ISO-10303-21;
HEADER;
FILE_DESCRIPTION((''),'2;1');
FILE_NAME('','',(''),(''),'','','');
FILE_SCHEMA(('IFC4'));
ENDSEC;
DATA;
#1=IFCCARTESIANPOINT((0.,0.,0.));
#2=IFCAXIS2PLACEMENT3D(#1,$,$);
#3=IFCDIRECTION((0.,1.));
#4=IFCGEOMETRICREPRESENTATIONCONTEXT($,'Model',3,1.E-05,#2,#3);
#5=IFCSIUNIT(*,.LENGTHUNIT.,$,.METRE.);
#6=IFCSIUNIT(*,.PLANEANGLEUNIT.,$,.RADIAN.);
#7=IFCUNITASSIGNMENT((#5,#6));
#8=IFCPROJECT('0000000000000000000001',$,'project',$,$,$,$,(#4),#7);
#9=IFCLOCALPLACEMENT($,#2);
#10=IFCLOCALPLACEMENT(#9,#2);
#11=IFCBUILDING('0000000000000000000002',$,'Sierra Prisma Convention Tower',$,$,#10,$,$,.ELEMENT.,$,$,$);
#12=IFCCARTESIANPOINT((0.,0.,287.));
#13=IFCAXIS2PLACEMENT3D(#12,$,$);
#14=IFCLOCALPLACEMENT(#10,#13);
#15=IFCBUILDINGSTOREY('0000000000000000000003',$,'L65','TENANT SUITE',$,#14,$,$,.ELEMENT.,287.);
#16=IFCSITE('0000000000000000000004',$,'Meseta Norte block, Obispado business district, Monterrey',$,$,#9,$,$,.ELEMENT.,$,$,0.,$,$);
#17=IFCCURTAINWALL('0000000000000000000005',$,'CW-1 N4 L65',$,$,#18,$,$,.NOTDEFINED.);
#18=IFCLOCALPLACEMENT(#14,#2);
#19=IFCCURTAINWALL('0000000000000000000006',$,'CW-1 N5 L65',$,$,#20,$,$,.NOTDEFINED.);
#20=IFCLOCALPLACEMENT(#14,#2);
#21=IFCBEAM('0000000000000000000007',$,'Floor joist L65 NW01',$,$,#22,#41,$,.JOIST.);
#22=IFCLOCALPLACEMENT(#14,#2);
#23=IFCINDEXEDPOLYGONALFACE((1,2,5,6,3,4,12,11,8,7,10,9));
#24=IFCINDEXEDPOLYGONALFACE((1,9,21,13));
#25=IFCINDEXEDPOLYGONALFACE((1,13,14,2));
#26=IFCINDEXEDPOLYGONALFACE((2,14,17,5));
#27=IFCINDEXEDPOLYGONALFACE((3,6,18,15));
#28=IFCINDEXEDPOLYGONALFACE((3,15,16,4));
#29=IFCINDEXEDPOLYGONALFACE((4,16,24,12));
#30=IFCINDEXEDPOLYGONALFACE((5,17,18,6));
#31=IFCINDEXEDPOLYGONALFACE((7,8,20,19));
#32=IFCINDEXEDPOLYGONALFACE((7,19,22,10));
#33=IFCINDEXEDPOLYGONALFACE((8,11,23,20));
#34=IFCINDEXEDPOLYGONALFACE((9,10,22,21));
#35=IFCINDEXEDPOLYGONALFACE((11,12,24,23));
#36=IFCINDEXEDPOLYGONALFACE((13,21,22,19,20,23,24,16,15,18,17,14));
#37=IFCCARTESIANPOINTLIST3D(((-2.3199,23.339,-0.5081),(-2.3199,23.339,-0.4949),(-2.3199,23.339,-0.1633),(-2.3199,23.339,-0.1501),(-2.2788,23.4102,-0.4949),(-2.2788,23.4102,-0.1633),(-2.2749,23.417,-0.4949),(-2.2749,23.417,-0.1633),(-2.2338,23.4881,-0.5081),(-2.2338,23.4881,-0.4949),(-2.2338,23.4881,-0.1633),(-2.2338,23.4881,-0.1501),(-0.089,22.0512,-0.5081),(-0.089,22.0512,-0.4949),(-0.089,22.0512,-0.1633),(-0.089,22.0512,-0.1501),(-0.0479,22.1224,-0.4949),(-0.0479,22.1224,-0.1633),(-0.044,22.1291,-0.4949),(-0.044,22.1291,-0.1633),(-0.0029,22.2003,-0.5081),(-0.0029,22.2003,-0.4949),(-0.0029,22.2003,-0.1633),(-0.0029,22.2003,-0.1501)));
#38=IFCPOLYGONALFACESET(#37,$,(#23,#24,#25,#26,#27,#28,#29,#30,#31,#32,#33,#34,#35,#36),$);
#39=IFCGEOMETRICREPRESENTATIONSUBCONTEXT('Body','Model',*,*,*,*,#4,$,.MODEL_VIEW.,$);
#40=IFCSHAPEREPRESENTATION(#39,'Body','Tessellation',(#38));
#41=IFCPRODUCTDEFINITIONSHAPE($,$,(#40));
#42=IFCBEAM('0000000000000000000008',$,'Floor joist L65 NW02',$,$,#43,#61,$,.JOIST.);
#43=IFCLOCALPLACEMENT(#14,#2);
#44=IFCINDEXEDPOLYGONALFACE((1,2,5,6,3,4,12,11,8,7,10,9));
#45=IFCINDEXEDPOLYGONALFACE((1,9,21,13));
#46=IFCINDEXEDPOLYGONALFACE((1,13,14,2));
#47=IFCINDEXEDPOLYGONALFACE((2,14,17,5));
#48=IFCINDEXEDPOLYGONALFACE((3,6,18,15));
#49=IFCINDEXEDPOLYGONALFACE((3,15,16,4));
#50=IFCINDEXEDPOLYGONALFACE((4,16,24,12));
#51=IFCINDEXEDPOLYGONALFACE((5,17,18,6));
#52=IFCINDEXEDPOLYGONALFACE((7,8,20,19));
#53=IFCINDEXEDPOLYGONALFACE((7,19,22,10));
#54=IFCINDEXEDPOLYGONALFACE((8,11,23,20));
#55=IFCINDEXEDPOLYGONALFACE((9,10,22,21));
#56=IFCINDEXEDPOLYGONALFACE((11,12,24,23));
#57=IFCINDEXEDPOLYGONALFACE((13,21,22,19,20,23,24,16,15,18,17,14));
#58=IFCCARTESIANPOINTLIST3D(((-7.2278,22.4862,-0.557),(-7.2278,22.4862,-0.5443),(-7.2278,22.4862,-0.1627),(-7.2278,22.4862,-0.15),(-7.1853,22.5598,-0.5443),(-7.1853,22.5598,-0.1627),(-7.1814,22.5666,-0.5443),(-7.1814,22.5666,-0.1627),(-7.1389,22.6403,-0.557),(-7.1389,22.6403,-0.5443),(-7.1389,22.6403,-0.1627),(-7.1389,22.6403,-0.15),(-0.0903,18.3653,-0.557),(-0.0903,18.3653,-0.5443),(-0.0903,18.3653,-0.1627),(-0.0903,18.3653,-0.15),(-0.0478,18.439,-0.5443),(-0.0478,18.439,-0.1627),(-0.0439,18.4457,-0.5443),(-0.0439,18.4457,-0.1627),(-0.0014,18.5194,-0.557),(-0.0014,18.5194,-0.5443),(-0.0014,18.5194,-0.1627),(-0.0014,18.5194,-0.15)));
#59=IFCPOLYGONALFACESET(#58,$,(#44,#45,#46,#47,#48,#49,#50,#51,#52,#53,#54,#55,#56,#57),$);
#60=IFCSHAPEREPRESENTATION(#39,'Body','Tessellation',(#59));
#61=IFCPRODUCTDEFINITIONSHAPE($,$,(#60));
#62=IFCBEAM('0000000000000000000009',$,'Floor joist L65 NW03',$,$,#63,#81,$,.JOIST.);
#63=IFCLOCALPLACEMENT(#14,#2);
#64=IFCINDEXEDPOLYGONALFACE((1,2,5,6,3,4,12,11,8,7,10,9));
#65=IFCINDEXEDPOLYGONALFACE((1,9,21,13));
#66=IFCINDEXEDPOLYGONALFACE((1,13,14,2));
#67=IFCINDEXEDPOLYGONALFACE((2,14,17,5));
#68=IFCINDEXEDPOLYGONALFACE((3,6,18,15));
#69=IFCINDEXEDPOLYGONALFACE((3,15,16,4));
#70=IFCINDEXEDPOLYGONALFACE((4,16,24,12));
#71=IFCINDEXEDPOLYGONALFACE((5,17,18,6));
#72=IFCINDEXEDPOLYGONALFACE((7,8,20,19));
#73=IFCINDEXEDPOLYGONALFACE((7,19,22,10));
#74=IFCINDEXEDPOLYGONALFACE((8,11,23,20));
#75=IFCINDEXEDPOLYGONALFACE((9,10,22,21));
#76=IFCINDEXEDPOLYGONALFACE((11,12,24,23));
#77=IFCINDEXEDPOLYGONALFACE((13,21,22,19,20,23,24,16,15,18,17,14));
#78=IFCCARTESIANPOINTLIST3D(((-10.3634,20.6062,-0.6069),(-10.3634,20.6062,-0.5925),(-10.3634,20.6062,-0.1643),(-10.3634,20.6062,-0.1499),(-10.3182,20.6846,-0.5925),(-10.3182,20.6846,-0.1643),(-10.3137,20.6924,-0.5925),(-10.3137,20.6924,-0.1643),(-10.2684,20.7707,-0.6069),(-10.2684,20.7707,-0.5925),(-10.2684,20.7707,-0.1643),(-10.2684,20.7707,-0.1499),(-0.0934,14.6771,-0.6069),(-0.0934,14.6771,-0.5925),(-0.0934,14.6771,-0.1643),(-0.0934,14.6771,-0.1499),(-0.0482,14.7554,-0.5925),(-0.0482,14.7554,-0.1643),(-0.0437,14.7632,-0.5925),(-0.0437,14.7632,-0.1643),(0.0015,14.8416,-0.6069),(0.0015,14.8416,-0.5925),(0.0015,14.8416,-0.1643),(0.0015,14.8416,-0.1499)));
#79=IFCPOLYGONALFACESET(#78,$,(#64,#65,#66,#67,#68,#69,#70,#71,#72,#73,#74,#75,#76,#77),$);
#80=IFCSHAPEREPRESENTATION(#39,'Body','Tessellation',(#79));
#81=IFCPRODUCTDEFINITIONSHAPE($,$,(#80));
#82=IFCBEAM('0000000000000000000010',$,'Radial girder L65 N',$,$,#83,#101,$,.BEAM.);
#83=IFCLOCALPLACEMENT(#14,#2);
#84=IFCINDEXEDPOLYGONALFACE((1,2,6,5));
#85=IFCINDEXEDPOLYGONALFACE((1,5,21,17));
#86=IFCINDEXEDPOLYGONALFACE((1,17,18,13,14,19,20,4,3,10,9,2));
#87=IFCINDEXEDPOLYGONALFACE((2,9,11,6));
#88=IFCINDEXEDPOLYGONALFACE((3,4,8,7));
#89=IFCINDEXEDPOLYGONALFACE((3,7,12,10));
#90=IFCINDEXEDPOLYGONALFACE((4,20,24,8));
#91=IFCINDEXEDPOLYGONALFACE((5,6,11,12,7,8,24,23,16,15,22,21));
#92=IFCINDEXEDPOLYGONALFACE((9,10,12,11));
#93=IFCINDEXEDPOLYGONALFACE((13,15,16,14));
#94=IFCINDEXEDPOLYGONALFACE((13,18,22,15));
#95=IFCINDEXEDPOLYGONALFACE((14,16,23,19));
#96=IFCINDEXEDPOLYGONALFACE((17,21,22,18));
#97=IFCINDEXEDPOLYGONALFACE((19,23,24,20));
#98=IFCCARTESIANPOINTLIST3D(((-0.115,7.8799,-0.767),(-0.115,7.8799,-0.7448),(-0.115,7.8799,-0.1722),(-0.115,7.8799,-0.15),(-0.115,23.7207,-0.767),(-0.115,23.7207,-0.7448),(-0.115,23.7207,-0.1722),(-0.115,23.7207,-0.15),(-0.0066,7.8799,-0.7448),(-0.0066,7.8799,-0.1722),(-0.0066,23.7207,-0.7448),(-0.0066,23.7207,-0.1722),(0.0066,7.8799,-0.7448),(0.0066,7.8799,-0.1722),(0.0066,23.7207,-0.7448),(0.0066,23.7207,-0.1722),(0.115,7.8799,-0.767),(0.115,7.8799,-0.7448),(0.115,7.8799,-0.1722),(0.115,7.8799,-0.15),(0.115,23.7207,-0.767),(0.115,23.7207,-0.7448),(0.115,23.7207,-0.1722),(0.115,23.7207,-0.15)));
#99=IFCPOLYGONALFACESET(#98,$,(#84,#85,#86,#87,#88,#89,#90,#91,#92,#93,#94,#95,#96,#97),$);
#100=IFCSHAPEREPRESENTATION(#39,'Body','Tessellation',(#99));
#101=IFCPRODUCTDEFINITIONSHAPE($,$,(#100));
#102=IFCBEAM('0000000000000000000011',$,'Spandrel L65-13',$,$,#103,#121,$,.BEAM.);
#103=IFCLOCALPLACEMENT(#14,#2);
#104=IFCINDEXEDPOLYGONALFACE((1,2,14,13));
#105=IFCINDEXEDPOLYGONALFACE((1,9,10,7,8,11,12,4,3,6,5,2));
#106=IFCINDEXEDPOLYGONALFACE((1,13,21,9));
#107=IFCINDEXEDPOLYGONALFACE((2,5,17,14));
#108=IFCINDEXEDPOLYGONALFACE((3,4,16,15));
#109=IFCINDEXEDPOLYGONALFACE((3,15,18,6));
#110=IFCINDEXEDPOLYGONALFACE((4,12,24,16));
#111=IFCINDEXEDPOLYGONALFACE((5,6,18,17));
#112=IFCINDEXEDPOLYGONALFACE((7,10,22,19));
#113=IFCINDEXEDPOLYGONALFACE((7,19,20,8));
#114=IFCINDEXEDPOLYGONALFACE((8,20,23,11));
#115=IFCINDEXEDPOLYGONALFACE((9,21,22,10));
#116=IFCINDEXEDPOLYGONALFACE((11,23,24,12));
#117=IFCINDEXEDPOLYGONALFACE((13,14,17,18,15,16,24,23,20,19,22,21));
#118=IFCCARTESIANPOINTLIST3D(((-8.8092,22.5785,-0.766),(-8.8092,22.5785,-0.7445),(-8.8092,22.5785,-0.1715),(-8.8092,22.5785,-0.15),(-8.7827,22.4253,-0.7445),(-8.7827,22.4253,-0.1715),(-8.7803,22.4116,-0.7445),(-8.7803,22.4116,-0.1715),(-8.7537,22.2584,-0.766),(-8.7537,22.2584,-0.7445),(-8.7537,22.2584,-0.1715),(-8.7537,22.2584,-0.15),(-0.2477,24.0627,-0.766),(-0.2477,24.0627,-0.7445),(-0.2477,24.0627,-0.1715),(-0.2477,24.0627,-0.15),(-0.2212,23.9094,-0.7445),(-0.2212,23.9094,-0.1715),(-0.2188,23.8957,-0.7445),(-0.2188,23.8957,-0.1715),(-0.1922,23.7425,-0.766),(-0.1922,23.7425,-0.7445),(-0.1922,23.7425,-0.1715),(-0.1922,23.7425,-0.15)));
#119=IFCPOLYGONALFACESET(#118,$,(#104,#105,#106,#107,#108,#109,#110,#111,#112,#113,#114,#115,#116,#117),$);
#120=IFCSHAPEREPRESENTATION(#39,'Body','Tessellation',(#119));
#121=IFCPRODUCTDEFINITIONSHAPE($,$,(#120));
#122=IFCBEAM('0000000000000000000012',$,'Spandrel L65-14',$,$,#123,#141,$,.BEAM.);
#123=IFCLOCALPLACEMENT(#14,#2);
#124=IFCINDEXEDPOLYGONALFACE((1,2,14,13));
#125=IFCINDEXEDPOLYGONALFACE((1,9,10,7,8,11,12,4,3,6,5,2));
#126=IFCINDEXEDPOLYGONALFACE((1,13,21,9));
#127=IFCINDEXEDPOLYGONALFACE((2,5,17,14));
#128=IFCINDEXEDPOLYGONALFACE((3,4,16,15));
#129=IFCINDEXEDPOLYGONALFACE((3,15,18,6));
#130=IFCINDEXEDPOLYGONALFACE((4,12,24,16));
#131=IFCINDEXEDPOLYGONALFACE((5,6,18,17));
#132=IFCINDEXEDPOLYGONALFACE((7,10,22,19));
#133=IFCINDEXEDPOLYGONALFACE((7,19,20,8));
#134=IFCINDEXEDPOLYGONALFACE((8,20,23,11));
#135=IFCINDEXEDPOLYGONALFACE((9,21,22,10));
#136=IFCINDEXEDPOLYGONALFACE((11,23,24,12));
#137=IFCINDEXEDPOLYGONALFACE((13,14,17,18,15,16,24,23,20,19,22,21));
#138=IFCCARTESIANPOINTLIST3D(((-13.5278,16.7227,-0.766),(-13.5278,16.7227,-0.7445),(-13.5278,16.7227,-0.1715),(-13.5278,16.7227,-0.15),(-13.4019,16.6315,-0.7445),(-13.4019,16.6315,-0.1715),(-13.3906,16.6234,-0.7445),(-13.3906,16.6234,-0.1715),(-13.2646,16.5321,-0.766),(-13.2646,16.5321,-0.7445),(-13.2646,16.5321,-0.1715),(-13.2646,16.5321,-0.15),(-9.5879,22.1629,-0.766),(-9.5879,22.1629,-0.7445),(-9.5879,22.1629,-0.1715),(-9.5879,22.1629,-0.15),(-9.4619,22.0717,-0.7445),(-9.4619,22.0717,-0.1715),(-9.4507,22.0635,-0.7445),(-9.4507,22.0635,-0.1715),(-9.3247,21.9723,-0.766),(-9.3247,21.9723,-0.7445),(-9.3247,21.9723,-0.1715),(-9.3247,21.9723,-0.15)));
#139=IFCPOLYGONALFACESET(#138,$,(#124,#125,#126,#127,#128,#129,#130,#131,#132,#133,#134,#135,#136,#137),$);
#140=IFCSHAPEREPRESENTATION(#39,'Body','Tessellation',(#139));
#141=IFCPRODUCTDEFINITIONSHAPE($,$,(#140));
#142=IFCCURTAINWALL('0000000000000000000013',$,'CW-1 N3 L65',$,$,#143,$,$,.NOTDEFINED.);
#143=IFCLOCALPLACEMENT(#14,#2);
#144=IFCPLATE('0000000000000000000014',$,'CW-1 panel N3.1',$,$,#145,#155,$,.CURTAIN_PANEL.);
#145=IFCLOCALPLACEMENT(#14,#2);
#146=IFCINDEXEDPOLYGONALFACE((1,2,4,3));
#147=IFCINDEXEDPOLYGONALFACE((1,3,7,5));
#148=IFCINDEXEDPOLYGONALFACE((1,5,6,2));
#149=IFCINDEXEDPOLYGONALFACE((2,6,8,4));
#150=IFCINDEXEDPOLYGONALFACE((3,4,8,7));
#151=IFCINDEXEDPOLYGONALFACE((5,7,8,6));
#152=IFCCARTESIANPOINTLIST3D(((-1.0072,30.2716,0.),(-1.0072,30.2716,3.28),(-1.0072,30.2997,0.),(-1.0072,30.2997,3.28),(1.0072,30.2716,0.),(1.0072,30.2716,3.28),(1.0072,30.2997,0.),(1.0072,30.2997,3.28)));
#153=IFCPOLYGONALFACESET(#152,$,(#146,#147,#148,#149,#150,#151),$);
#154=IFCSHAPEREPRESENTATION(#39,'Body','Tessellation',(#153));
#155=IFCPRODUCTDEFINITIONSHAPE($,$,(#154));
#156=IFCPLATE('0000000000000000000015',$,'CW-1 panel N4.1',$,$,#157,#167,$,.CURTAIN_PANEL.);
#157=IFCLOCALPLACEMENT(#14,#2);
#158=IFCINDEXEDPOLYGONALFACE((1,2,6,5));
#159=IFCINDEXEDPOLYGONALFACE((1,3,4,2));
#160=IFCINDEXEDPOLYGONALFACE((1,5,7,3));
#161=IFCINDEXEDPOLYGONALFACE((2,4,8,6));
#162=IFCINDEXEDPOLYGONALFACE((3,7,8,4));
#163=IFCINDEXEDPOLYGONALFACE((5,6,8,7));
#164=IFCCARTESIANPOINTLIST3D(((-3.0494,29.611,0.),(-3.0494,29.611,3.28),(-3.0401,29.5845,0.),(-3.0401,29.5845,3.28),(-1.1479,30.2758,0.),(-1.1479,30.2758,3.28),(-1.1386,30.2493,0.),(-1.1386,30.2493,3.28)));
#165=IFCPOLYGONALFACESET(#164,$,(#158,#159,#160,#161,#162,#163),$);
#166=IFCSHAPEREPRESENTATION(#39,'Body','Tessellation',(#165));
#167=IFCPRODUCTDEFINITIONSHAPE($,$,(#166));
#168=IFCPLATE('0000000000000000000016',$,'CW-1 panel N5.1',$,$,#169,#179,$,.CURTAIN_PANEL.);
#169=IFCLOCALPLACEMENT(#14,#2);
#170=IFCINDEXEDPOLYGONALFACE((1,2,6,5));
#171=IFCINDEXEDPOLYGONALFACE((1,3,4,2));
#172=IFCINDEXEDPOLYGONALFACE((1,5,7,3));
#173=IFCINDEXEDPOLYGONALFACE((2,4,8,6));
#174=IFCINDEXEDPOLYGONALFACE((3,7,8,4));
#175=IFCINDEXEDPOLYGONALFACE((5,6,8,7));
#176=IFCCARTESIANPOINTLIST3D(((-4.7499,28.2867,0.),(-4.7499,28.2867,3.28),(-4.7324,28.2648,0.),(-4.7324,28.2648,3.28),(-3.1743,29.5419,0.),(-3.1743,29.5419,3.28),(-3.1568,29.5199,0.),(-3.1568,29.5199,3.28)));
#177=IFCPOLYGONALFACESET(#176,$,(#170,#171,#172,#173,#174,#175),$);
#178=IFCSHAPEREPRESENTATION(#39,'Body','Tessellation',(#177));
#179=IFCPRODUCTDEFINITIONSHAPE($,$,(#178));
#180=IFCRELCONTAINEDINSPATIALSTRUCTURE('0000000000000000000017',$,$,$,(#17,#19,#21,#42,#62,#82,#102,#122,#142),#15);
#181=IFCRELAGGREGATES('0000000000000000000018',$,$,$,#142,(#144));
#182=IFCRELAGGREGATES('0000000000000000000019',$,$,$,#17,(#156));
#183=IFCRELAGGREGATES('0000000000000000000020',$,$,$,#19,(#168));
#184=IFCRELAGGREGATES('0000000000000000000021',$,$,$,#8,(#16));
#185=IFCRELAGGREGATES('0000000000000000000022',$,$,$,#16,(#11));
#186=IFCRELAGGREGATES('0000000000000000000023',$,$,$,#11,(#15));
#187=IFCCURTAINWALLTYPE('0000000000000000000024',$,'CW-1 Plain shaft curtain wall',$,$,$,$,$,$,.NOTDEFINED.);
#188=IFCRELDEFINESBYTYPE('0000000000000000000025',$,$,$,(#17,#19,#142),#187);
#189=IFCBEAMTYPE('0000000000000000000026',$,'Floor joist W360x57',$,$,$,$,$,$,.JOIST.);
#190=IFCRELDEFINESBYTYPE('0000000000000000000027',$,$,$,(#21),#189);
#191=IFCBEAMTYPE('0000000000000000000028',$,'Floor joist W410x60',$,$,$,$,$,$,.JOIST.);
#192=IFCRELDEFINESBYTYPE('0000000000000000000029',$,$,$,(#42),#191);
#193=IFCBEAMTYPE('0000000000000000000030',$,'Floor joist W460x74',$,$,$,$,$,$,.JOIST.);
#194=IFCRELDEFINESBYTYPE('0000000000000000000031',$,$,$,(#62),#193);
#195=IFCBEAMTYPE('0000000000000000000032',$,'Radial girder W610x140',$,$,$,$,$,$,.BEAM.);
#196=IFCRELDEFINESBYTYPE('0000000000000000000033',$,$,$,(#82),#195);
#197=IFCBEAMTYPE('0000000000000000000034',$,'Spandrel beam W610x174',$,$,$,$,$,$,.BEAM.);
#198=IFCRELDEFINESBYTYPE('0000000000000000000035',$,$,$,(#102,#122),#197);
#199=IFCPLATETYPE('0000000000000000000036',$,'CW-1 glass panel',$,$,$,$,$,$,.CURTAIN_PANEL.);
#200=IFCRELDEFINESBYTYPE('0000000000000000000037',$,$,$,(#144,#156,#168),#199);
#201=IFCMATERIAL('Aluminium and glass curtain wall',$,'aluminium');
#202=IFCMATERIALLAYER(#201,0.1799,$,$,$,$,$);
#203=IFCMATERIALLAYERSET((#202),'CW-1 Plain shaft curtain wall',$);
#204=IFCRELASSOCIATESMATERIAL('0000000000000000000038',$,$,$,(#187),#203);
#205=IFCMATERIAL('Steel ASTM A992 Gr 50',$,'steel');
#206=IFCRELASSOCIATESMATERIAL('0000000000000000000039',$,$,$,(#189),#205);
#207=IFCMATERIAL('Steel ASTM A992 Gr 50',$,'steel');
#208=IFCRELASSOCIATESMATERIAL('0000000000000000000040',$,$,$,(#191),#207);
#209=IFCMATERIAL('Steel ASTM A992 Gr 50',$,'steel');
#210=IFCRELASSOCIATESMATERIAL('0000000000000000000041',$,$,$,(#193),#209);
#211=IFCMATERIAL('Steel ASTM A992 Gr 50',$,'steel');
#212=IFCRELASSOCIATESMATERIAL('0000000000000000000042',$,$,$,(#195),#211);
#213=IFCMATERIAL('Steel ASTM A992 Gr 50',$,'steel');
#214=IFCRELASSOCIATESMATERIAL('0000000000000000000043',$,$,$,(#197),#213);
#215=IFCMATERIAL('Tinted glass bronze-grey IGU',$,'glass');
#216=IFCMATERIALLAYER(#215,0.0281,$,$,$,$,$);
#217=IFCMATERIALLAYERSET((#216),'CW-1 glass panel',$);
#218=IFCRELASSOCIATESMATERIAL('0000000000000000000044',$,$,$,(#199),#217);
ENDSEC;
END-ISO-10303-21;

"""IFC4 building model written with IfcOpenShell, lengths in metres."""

from ifc_helpers import new_model, si_unit, direction, frame, origin, origin_2d, place, context, subcontext, project, spatial, rectangle, i_section, extrude, material, layer, layer_set, material_profile, profile_set, type_object, element, aggregate, save


model = new_model("IFC4")

# Units and contexts
model_context = context("Model", 3, precision=1e-05, world=origin(), true_north=direction((0.0, 1.0)))
body_context = subcontext(model_context, "Body", "Model", "MODEL_VIEW")
ifc_project = project(units=[si_unit("LENGTHUNIT", "METRE"), si_unit("PLANEANGLEUNIT", "RADIAN")], contexts=[model_context])

# Site, building, storey
site_placement = place(None, origin())
site = spatial("IfcSite", under=ifc_project, at=site_placement, Name="Meseta Norte block, Obispado business district, Monterrey", CompositionType="ELEMENT", RefElevation=0.0)
building_placement = place(site_placement, origin())
building = spatial("IfcBuilding", under=site, at=building_placement, Name="Sierra Prisma Convention Tower", CompositionType="ELEMENT")
storey_placement = place(building_placement, frame((0.0, 0.0, 287.0)))
storey = spatial("IfcBuildingStorey", under=building, at=storey_placement, Name="L65", Description="TENANT SUITE", CompositionType="ELEMENT", Elevation=287.0)

# Curtain walls
ifc_material_1 = material(Name="Aluminium and glass curtain wall", Category="aluminium")
ifc_layer_1 = layer(ifc_material_1, 0.1799)
ifc_layer_set_1 = layer_set([ifc_layer_1], Name="CW-1 Plain shaft curtain wall")
curtain_wall_type = type_object("IfcCurtainWallType", Name="CW-1 Plain shaft curtain wall", PredefinedType="NOTDEFINED", material=ifc_layer_set_1)
curtain_wall_1_placement = place(storey_placement, origin())
curtain_wall_1 = element("IfcCurtainWall", 1, at=curtain_wall_1_placement, inside=storey, type_object=curtain_wall_type, Name="CW-1 N4 L65", PredefinedType="NOTDEFINED")
curtain_wall_2_placement = place(storey_placement, origin())
curtain_wall_2 = element("IfcCurtainWall", 2, at=curtain_wall_2_placement, inside=storey, type_object=curtain_wall_type, Name="CW-1 N5 L65", PredefinedType="NOTDEFINED")

# Beams
ifc_material_2 = material(Name="Steel ASTM A992 Gr 50", Category="steel")
ifc_material_profile_1 = material_profile(ifc_material_2, i_section(OverallWidth=0.1721, OverallDepth=0.3579, WebThickness=0.0078, FlangeThickness=0.0132, at=origin_2d()), Name="W360x57")
ifc_profile_set_1 = profile_set([ifc_material_profile_1], Name="Steel ASTM A992 Gr 50")
beam_type_1 = type_object("IfcBeamType", Name="Floor joist W360x57", PredefinedType="JOIST", material=ifc_profile_set_1)
beam_1_placement = place(storey_placement, frame((-2.2769, 23.4136, -0.3291), z_axis=(0.866059, -0.499941, 0.0), x_axis=(0.499941, 0.866059, 0.0)))
element("IfcBeam", 3, at=beam_1_placement, inside=storey, type_object=beam_type_1, Name="Floor joist L65 NW01", PredefinedType="JOIST", context=body_context, shape_type="SweptSolid", body=[
    extrude(i_section(OverallWidth=0.1721, OverallDepth=0.3579, WebThickness=0.0078, FlangeThickness=0.0132, at=origin_2d()), origin(), (0.0, 0.0, 1.0), 2.5759),
])
ifc_material_3 = material(Name="Steel ASTM A992 Gr 50", Category="steel")
ifc_material_profile_2 = material_profile(ifc_material_3, i_section(OverallWidth=0.178, OverallDepth=0.407, WebThickness=0.0078, FlangeThickness=0.0127, at=origin_2d()), Name="W410x60")
ifc_profile_set_2 = profile_set([ifc_material_profile_2], Name="Steel ASTM A992 Gr 50")
beam_type_2 = type_object("IfcBeamType", Name="Floor joist W410x60", PredefinedType="JOIST", material=ifc_profile_set_2)
beam_2_placement = place(storey_placement, frame((-7.1833, 22.5632, -0.3535), z_axis=(0.866023, -0.500004, 0.0), x_axis=(0.500004, 0.866023, 0.0)))
element("IfcBeam", 4, at=beam_2_placement, inside=storey, type_object=beam_type_2, Name="Floor joist L65 NW02", PredefinedType="JOIST", context=body_context, shape_type="SweptSolid", body=[
    extrude(i_section(OverallWidth=0.178, OverallDepth=0.407, WebThickness=0.0078, FlangeThickness=0.0127, at=origin_2d()), origin(), (0.0, 0.0, 1.0), 8.2417),
])
ifc_material_4 = material(Name="Steel ASTM A992 Gr 50", Category="steel")
ifc_material_profile_3 = material_profile(ifc_material_4, i_section(OverallWidth=0.1899, OverallDepth=0.457, WebThickness=0.009, FlangeThickness=0.0144, at=origin_2d()), Name="W460x74")
ifc_profile_set_3 = profile_set([ifc_material_profile_3], Name="Steel ASTM A992 Gr 50")
beam_type_3 = type_object("IfcBeamType", Name="Floor joist W460x74", PredefinedType="JOIST", material=ifc_profile_set_3)
beam_3_placement = place(storey_placement, frame((-10.3159, 20.6885, -0.3784), z_axis=(0.866033, -0.499987, 0.0), x_axis=(0.499987, 0.866033, 0.0)))
element("IfcBeam", 5, at=beam_3_placement, inside=storey, type_object=beam_type_3, Name="Floor joist L65 NW03", PredefinedType="JOIST", context=body_context, shape_type="SweptSolid", body=[
    extrude(i_section(OverallWidth=0.1899, OverallDepth=0.457, WebThickness=0.009, FlangeThickness=0.0144, at=origin_2d()), origin(), (0.0, 0.0, 1.0), 11.8586),
])
ifc_material_5 = material(Name="Steel ASTM A992 Gr 50", Category="steel")
ifc_material_profile_4 = material_profile(ifc_material_5, i_section(OverallWidth=0.23, OverallDepth=0.6169, WebThickness=0.0132, FlangeThickness=0.0222, at=origin_2d()), Name="W610x140")
ifc_profile_set_4 = profile_set([ifc_material_profile_4], Name="Steel ASTM A992 Gr 50")
beam_type_4 = type_object("IfcBeamType", Name="Radial girder W610x140", PredefinedType="BEAM", material=ifc_profile_set_4)
beam_4_placement = place(storey_placement, frame((0.0, 23.7207, -0.4585), z_axis=(0.0, -1.0, 0.0), x_axis=(1.0, 0.0, 0.0)))
element("IfcBeam", 6, at=beam_4_placement, inside=storey, type_object=beam_type_4, Name="Radial girder L65 N", PredefinedType="BEAM", context=body_context, shape_type="SweptSolid", body=[
    extrude(i_section(OverallWidth=0.23, OverallDepth=0.6169, WebThickness=0.0132, FlangeThickness=0.0222, at=origin_2d()), origin(), (0.0, 0.0, 1.0), 15.8408),
])
ifc_material_6 = material(Name="Steel ASTM A992 Gr 50", Category="steel")
ifc_material_profile_5 = material_profile(ifc_material_6, i_section(OverallWidth=0.325, OverallDepth=0.616, WebThickness=0.0139, FlangeThickness=0.0215, at=origin_2d()), Name="W610x174")
ifc_profile_set_5 = profile_set([ifc_material_profile_5], Name="Steel ASTM A992 Gr 50")
beam_type_5 = type_object("IfcBeamType", Name="Spandrel beam W610x174", PredefinedType="BEAM", material=ifc_profile_set_5)
beam_5_placement = place(storey_placement, frame((-0.22, 23.9026, -0.458), z_axis=(-0.985305, -0.170802, 0.0), x_axis=(0.170802, -0.985305, 0.0)))
element("IfcBeam", 7, at=beam_5_placement, inside=storey, type_object=beam_type_5, Name="Spandrel L65-13", PredefinedType="BEAM", context=body_context, shape_type="SweptSolid", body=[
    extrude(i_section(OverallWidth=0.325, OverallDepth=0.616, WebThickness=0.0139, FlangeThickness=0.0215, at=origin_2d()), origin(), (0.0, 0.0, 1.0), 8.6892),
])
beam_6_placement = place(storey_placement, frame((-9.4563, 22.0676, -0.458), z_axis=(-0.586558, -0.809907, 0.0), x_axis=(0.809907, -0.586558, 0.0)))
element("IfcBeam", 8, at=beam_6_placement, inside=storey, type_object=beam_type_5, Name="Spandrel L65-14", PredefinedType="BEAM", context=body_context, shape_type="SweptSolid", body=[
    extrude(i_section(OverallWidth=0.325, OverallDepth=0.616, WebThickness=0.0139, FlangeThickness=0.0215, at=origin_2d()), origin(), (0.0, 0.0, 1.0), 6.717),
])

# Curtain wall, plate
curtain_wall_3_placement = place(storey_placement, origin())
curtain_wall_3 = element("IfcCurtainWall", 9, at=curtain_wall_3_placement, inside=storey, type_object=curtain_wall_type, Name="CW-1 N3 L65", PredefinedType="NOTDEFINED")
ifc_material_7 = material(Name="Tinted glass bronze-grey IGU", Category="glass")
ifc_layer_2 = layer(ifc_material_7, 0.0281)
ifc_layer_set_2 = layer_set([ifc_layer_2], Name="CW-1 glass panel")
plate_type = type_object("IfcPlateType", Name="CW-1 glass panel", PredefinedType="CURTAIN_PANEL", material=ifc_layer_set_2)
plate_1_placement = place(storey_placement, frame((0.0, 30.2856, 0.0), z_axis=(0.0, 0.0, 1.0), x_axis=(-1.0, 0.0, 0.0)))
plate_1 = element("IfcPlate", 10, at=plate_1_placement, type_object=plate_type, Name="CW-1 panel N3.1", PredefinedType="CURTAIN_PANEL", context=body_context, shape_type="SweptSolid", body=[
    extrude(rectangle(XDim=2.0144, YDim=0.0281, at=origin_2d()), origin(), (0.0, 0.0, 1.0), 3.28),
])
aggregate(curtain_wall_3, [plate_1])

# Plates
plate_2_placement = place(storey_placement, frame((-2.094, 29.9302, 0.0), z_axis=(0.0, 0.0, 1.0), x_axis=(-0.94397, -0.330032, 0.0)))
plate_2 = element("IfcPlate", 11, at=plate_2_placement, type_object=plate_type, Name="CW-1 panel N4.1", PredefinedType="CURTAIN_PANEL", context=body_context, shape_type="SweptSolid", body=[
    extrude(rectangle(XDim=2.0144, YDim=0.0281, at=origin_2d()), origin(), (0.0, 0.0, 1.0), 3.28),
])
aggregate(curtain_wall_1, [plate_2])
plate_3_placement = place(storey_placement, frame((-3.9534, 28.9033, 0.0), z_axis=(0.0, 0.0, 1.0), x_axis=(-0.782158, -0.62308, 0.0)))
plate_3 = element("IfcPlate", 12, at=plate_3_placement, type_object=plate_type, Name="CW-1 panel N5.1", PredefinedType="CURTAIN_PANEL", context=body_context, shape_type="SweptSolid", body=[
    extrude(rectangle(XDim=2.0144, YDim=0.0281, at=origin_2d()), origin(), (0.0, 0.0, 1.0), 3.28),
])
aggregate(curtain_wall_2, [plate_3])

save(model, "model.ifc")
